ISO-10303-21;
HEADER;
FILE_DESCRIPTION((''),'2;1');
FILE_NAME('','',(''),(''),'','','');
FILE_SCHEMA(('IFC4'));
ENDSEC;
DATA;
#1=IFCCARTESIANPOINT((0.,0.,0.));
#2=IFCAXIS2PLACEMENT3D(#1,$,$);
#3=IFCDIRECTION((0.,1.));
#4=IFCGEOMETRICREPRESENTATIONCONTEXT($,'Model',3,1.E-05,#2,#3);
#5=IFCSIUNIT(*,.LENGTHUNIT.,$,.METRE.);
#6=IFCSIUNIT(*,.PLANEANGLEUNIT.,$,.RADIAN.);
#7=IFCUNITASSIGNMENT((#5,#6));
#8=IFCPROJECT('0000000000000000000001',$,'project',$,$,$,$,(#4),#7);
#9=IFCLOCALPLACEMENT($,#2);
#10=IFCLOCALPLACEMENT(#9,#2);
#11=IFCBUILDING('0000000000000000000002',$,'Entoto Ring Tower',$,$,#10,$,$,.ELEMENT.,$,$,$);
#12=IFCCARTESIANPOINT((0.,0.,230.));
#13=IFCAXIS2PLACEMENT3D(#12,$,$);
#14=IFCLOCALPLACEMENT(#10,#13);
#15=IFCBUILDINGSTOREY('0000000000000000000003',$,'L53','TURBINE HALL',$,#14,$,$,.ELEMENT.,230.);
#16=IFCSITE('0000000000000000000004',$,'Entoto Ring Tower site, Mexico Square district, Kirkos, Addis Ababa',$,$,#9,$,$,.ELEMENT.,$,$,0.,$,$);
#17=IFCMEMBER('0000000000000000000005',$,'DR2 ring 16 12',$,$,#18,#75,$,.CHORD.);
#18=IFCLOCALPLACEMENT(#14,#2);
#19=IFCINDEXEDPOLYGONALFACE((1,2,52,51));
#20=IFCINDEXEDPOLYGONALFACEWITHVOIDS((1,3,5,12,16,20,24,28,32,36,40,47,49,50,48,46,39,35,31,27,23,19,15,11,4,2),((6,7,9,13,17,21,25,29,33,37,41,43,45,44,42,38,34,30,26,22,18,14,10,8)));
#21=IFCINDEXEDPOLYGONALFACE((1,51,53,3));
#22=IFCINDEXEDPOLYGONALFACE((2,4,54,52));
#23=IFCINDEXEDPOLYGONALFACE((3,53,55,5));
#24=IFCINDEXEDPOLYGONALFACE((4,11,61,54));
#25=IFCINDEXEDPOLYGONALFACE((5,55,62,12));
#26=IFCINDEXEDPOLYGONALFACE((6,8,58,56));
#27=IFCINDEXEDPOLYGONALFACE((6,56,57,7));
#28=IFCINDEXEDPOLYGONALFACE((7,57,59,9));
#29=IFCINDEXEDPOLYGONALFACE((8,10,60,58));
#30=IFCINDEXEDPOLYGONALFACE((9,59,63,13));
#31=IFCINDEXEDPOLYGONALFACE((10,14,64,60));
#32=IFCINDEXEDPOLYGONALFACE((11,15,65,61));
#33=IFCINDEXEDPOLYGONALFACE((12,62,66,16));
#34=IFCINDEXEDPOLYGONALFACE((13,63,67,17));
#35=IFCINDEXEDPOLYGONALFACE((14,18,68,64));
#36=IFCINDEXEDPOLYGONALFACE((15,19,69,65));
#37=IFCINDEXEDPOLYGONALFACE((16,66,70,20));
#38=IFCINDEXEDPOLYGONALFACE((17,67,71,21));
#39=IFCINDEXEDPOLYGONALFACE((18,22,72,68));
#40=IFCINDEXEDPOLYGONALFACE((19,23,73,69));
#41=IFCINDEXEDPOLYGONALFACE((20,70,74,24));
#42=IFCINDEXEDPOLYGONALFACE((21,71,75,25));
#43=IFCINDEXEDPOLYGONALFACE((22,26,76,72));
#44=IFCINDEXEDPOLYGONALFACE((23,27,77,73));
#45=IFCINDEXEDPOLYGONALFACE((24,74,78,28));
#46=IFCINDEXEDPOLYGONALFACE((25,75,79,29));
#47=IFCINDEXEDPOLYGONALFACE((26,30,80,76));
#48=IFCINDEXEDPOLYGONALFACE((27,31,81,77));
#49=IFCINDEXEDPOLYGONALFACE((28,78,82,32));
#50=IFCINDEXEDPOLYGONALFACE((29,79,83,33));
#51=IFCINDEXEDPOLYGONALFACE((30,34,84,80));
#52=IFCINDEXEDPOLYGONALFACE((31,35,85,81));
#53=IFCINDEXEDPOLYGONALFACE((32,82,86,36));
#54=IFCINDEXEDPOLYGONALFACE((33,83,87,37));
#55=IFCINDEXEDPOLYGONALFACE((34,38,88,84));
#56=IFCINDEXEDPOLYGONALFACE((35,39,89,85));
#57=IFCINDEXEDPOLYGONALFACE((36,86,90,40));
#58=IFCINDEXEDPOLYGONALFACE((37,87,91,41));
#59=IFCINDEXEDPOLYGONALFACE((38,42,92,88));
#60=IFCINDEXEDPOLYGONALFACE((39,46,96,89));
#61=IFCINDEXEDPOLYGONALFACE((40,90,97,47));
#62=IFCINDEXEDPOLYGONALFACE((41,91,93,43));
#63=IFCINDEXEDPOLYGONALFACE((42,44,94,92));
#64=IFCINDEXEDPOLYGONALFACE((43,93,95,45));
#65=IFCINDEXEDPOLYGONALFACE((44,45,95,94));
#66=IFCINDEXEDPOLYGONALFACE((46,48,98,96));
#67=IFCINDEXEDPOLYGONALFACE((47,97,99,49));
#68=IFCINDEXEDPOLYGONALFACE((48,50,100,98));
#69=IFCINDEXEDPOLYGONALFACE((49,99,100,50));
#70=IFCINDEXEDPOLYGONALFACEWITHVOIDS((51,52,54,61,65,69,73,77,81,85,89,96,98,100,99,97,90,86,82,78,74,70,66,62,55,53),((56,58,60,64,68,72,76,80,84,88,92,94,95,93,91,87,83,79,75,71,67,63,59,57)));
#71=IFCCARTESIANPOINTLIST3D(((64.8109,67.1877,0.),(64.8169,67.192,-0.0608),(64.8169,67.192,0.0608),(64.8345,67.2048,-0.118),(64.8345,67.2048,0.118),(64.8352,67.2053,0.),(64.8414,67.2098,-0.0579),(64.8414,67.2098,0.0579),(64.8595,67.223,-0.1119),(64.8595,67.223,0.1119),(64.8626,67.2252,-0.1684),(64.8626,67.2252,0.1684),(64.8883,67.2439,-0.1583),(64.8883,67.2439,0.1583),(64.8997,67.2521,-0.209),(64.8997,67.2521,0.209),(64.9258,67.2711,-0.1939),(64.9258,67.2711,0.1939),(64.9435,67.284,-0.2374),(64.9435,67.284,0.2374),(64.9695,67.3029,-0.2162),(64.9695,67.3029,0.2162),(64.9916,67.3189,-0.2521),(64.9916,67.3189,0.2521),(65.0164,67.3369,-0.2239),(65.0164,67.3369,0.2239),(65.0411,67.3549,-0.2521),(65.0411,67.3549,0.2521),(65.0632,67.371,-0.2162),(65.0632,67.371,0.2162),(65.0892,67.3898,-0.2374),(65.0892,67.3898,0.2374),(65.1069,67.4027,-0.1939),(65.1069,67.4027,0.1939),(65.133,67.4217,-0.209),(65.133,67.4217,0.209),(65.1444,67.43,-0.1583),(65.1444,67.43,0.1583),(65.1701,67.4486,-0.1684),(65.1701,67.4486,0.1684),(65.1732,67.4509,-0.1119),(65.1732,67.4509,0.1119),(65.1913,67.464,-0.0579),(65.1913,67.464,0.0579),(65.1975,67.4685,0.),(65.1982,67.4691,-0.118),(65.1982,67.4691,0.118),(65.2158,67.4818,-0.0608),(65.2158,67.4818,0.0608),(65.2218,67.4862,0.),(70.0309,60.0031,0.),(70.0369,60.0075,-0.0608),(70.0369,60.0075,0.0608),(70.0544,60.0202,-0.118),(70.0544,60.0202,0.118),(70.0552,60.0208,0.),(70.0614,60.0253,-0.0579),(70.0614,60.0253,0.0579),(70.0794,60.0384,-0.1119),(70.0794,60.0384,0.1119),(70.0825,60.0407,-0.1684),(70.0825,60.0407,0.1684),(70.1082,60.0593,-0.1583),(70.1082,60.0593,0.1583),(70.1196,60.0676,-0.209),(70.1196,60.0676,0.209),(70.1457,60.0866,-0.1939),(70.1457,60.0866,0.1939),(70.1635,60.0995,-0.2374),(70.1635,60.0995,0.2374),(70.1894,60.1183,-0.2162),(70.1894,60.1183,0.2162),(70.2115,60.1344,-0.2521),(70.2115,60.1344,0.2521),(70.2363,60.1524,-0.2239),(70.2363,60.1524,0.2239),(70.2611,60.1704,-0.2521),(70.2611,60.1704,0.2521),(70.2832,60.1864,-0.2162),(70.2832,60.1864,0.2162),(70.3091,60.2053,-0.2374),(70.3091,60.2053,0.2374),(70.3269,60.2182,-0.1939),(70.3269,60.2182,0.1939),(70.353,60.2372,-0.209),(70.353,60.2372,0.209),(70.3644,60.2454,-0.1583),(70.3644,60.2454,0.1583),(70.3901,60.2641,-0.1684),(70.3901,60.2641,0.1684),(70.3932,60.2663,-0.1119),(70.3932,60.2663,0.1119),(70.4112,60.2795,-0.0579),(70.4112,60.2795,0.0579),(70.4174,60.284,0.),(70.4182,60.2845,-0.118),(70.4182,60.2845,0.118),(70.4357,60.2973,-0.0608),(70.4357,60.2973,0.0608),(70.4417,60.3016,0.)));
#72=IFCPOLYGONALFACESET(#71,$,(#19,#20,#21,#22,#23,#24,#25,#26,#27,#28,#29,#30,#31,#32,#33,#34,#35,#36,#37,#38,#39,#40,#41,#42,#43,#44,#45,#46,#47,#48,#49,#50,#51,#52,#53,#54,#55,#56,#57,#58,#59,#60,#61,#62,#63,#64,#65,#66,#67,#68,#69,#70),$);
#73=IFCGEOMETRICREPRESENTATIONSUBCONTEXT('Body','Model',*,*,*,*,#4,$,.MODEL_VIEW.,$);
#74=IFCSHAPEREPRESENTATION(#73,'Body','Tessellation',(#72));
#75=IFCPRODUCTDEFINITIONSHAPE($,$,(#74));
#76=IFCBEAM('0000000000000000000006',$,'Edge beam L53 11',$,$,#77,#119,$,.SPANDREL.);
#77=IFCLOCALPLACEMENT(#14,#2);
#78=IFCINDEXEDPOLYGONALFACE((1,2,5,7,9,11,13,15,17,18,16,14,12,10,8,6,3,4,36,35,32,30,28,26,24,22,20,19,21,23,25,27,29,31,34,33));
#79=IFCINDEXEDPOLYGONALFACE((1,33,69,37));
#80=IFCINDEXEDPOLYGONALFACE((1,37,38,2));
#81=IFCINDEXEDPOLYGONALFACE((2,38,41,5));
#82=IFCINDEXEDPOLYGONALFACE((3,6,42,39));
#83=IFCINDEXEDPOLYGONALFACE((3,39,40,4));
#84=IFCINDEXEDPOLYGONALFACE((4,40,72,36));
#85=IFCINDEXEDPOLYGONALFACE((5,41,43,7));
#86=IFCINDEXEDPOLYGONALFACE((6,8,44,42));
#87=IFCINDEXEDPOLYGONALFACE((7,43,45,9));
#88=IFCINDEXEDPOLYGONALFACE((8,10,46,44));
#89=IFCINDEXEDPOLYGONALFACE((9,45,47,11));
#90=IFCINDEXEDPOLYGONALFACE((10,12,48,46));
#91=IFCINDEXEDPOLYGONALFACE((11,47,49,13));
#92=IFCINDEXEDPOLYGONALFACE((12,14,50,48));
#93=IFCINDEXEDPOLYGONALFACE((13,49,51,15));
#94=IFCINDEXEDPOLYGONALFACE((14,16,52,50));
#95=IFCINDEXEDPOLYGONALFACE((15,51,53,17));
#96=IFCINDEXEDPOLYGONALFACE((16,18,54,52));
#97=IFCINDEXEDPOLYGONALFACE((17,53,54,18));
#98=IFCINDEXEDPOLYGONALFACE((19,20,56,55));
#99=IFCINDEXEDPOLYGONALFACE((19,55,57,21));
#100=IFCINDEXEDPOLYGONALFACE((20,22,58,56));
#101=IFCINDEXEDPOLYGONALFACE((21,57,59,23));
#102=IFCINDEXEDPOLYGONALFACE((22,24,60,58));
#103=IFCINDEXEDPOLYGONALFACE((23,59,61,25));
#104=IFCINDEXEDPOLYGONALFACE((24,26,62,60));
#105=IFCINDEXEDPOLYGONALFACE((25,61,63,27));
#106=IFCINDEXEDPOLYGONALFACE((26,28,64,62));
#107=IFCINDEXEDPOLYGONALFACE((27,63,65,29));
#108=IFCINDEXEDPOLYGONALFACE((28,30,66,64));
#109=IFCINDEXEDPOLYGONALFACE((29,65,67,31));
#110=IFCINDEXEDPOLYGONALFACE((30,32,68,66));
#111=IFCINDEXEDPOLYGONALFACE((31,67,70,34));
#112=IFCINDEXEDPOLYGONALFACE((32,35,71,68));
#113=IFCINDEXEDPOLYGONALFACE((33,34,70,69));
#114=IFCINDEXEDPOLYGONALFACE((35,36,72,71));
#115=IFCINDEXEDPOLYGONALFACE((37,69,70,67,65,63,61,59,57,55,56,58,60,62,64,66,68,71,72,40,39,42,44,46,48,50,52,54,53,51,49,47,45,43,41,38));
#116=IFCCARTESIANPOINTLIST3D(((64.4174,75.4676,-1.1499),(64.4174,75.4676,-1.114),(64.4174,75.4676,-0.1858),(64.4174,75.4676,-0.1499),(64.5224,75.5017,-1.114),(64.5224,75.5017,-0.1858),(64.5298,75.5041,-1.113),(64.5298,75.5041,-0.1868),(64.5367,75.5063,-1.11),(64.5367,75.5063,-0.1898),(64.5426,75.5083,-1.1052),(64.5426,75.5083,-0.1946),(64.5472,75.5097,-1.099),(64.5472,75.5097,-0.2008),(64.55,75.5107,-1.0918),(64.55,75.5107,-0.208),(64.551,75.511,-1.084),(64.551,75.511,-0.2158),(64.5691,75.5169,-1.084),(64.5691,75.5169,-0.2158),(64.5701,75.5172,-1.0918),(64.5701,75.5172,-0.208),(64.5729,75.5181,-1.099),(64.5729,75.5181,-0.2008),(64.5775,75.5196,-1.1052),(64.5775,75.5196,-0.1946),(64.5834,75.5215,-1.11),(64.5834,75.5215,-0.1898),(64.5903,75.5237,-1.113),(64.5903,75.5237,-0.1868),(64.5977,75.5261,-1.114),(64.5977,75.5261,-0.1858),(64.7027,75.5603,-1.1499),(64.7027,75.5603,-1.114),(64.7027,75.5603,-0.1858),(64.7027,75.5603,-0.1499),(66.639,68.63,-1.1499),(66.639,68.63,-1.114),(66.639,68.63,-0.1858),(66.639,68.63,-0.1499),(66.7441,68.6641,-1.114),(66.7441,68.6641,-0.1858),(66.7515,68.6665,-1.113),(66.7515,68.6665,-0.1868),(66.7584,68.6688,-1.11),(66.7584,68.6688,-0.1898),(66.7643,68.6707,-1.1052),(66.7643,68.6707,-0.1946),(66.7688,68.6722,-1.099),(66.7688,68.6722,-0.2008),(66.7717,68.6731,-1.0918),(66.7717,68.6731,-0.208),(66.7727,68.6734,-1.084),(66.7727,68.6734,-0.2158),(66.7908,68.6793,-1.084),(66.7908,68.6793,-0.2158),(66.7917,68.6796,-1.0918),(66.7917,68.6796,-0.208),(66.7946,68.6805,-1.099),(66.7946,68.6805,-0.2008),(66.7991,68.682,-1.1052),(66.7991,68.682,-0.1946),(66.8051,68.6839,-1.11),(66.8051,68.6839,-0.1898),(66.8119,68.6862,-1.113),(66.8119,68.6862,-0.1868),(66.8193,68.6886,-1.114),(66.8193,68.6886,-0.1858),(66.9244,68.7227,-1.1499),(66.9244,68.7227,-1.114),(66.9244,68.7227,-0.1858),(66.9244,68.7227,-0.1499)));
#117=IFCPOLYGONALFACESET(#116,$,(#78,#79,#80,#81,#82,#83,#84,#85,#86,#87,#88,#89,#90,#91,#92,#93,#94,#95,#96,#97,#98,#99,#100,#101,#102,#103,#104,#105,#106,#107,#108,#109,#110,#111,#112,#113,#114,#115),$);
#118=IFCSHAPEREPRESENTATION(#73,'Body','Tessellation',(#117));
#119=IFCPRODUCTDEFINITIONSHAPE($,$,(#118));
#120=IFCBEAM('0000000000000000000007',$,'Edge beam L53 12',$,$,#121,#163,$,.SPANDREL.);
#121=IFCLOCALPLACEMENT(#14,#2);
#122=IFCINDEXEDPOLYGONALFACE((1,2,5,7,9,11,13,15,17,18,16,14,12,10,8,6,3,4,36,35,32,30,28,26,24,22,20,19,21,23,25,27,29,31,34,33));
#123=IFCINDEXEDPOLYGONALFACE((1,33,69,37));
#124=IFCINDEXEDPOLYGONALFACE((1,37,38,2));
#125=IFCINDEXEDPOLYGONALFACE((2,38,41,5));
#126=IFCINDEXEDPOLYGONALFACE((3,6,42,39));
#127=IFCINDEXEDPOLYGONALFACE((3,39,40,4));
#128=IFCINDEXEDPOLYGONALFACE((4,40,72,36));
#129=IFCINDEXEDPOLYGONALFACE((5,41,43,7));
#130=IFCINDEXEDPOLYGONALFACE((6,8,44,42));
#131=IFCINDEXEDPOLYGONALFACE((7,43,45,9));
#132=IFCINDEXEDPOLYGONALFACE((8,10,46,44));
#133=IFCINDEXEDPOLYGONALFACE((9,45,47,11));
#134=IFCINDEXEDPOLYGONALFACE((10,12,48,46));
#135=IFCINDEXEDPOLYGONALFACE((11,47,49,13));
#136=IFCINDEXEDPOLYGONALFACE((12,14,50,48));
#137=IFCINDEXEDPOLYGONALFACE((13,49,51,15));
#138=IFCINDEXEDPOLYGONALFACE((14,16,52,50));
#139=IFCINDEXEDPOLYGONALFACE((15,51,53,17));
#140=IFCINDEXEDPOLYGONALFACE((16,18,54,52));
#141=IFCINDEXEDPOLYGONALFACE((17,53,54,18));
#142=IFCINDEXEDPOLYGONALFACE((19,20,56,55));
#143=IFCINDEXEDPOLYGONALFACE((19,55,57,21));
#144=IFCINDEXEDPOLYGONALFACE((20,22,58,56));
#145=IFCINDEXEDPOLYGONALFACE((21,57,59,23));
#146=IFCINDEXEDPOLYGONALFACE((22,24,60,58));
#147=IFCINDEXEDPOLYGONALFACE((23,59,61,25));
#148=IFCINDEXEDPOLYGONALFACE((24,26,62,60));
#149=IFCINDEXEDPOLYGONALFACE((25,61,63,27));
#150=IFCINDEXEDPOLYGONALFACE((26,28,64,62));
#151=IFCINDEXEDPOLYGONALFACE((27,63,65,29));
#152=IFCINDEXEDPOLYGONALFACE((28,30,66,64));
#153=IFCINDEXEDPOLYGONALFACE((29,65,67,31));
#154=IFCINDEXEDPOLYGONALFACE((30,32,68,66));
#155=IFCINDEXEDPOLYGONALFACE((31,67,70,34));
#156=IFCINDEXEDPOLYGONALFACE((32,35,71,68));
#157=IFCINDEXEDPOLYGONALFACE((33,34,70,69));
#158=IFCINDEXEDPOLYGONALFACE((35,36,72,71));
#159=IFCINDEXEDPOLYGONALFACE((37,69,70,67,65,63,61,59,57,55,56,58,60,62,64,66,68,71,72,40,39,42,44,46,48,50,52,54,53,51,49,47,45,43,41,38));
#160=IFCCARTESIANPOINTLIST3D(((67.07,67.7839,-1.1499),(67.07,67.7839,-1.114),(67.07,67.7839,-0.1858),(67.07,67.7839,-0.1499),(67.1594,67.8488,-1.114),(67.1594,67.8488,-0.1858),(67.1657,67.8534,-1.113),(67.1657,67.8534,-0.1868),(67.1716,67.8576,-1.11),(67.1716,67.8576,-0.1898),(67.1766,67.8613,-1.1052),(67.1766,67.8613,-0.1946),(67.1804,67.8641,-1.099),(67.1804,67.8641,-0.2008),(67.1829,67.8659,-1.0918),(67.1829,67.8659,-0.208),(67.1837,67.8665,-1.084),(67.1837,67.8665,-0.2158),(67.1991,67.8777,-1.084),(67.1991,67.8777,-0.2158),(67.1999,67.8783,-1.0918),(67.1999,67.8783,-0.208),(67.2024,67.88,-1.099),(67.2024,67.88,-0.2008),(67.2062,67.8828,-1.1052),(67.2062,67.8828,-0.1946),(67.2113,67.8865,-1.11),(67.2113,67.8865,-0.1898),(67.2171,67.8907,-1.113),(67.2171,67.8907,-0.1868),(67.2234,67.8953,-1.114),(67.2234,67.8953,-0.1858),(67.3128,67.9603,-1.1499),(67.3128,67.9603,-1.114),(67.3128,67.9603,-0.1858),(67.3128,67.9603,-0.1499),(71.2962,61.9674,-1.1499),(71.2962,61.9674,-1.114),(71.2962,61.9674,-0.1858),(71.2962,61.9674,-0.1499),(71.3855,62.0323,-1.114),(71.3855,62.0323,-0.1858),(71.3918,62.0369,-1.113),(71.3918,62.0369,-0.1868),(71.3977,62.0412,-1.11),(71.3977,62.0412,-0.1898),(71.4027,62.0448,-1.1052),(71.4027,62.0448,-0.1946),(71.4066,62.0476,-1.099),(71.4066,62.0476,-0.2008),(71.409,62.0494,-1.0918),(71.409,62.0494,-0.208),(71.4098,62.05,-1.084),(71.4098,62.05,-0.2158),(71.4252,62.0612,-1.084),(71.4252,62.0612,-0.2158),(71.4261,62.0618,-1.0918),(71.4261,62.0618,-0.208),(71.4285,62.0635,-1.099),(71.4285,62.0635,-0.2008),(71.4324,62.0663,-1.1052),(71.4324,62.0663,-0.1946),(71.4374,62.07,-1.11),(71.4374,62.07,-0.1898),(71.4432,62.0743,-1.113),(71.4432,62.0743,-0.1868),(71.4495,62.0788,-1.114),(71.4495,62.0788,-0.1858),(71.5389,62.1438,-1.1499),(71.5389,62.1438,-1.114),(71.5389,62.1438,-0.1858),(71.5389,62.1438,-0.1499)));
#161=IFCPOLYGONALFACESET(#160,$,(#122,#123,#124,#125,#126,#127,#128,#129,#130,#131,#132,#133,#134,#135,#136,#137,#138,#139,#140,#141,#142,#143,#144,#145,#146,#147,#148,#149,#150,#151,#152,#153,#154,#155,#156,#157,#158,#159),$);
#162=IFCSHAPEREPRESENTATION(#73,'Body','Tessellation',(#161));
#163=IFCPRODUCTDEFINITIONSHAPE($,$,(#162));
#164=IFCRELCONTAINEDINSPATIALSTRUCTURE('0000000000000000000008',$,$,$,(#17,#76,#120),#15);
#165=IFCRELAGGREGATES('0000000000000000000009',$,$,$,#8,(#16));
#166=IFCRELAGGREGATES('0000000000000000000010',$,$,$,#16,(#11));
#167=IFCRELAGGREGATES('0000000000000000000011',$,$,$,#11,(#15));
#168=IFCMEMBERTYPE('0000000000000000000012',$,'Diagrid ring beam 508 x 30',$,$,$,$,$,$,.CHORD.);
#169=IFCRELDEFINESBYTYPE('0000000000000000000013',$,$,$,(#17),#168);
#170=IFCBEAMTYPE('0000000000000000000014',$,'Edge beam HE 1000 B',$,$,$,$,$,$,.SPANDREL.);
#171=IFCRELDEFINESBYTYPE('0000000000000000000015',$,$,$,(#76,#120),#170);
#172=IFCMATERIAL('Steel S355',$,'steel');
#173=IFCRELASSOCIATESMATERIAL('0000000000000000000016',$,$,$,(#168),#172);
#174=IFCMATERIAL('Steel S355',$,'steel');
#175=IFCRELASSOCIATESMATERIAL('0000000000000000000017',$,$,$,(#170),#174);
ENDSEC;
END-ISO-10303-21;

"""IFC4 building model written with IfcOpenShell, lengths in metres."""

from ifc_helpers import new_model, si_unit, direction, frame, origin, origin_2d, place, context, subcontext, project, spatial, circle, hollow_circle, i_section, extrude, material, material_profile, profile_set, type_object, element, save


model = new_model("IFC4")

# Units and contexts
model_context = context("Model", 3, precision=1e-05, world=origin(), true_north=direction((0.0, 1.0)))
body_context = subcontext(model_context, "Body", "Model", "MODEL_VIEW")
ifc_project = project(units=[si_unit("LENGTHUNIT", "METRE"), si_unit("PLANEANGLEUNIT", "RADIAN")], contexts=[model_context])

# Site, building, storey
site_placement = place(None, origin())
site = spatial("IfcSite", under=ifc_project, at=site_placement, Name="Entoto Ring Tower site, Mexico Square district, Kirkos, Addis Ababa", CompositionType="ELEMENT", RefElevation=0.0)
building_placement = place(site_placement, origin())
building = spatial("IfcBuilding", under=site, at=building_placement, Name="Entoto Ring Tower", CompositionType="ELEMENT")
storey_placement = place(building_placement, frame((0.0, 0.0, 230.0)))
storey = spatial("IfcBuildingStorey", under=building, at=storey_placement, Name="L53", Description="TURBINE HALL", CompositionType="ELEMENT", Elevation=230.0)

# Member
ifc_material_1 = material(Name="Steel S355", Category="steel")
ifc_material_profile_1 = material_profile(ifc_material_1, hollow_circle(Radius=0.2539, WallThickness=0.03, at=origin_2d()), Name="CHS 508 x 30")
ifc_material_2 = material(Name="Concrete C60/75", Category="concrete")
ifc_material_profile_2 = material_profile(ifc_material_2, circle(Radius=0.2241, at=origin_2d()), Name="Concrete C60/75 infill")
ifc_profile_set_1 = profile_set([ifc_material_profile_1, ifc_material_profile_2], Name="Steel S355")
member_type_1 = type_object("IfcMemberType", Name="Diagrid ring beam 508 x 30", PredefinedType="CHORD", material=ifc_profile_set_1)
for number, where, z_axis, x_axis, name in (
    (1, (65.0164, 67.3369, 0.0), (0.587791, -0.809013, 0.0), (0.809013, 0.587791, 0.0), "DR2 ring 16 12"),
):
    element("IfcMember", number, at=place(storey_placement, frame(where, z_axis=z_axis, x_axis=x_axis)), inside=storey, type_object=member_type_1, Name=name, PredefinedType="CHORD", context=body_context, shape_type="SweptSolid", body=[
        extrude(hollow_circle(Radius=0.2539, WallThickness=0.03, at=origin_2d()), origin(), (0.0, 0.0, 1.0), 8.8806),
    ])

# Beams
ifc_material_3 = material(Name="Steel S355", Category="steel")
ifc_material_profile_3 = material_profile(ifc_material_3, i_section(OverallWidth=0.3, OverallDepth=1.0, WebThickness=0.019, FlangeThickness=0.0359, FilletRadius=0.03, at=origin_2d()), Name="HE 1000 B")
ifc_profile_set_2 = profile_set([ifc_material_profile_3], Name="Steel S355")
beam_type_1 = type_object("IfcBeamType", Name="Edge beam HE 1000 B", PredefinedType="SPANDREL", material=ifc_profile_set_2)
beam_1_placement = place(storey_placement, frame((64.5601, 75.5139, -0.6499), z_axis=(0.309016, -0.951057, 0.0), x_axis=(0.951057, 0.309016, 0.0)))
element("IfcBeam", 2, at=beam_1_placement, inside=storey, type_object=beam_type_1, Name="Edge beam L53 11", PredefinedType="SPANDREL", context=body_context, shape_type="SweptSolid", body=[
    extrude(i_section(OverallWidth=0.3, OverallDepth=1.0, WebThickness=0.019, FlangeThickness=0.0359, FilletRadius=0.03, at=origin_2d()), origin(), (0.0, 0.0, 1.0), 7.1895),
])
beam_2_placement = place(storey_placement, frame((67.1914, 67.8721, -0.6499), z_axis=(0.587804, -0.809003, 0.0), x_axis=(0.809003, 0.587804, 0.0)))
element("IfcBeam", 3, at=beam_2_placement, inside=storey, type_object=beam_type_1, Name="Edge beam L53 12", PredefinedType="SPANDREL", context=body_context, shape_type="SweptSolid", body=[
    extrude(i_section(OverallWidth=0.3, OverallDepth=1.0, WebThickness=0.019, FlangeThickness=0.0359, FilletRadius=0.03, at=origin_2d()), origin(), (0.0, 0.0, 1.0), 7.1897),
])

save(model, "model.ifc")
